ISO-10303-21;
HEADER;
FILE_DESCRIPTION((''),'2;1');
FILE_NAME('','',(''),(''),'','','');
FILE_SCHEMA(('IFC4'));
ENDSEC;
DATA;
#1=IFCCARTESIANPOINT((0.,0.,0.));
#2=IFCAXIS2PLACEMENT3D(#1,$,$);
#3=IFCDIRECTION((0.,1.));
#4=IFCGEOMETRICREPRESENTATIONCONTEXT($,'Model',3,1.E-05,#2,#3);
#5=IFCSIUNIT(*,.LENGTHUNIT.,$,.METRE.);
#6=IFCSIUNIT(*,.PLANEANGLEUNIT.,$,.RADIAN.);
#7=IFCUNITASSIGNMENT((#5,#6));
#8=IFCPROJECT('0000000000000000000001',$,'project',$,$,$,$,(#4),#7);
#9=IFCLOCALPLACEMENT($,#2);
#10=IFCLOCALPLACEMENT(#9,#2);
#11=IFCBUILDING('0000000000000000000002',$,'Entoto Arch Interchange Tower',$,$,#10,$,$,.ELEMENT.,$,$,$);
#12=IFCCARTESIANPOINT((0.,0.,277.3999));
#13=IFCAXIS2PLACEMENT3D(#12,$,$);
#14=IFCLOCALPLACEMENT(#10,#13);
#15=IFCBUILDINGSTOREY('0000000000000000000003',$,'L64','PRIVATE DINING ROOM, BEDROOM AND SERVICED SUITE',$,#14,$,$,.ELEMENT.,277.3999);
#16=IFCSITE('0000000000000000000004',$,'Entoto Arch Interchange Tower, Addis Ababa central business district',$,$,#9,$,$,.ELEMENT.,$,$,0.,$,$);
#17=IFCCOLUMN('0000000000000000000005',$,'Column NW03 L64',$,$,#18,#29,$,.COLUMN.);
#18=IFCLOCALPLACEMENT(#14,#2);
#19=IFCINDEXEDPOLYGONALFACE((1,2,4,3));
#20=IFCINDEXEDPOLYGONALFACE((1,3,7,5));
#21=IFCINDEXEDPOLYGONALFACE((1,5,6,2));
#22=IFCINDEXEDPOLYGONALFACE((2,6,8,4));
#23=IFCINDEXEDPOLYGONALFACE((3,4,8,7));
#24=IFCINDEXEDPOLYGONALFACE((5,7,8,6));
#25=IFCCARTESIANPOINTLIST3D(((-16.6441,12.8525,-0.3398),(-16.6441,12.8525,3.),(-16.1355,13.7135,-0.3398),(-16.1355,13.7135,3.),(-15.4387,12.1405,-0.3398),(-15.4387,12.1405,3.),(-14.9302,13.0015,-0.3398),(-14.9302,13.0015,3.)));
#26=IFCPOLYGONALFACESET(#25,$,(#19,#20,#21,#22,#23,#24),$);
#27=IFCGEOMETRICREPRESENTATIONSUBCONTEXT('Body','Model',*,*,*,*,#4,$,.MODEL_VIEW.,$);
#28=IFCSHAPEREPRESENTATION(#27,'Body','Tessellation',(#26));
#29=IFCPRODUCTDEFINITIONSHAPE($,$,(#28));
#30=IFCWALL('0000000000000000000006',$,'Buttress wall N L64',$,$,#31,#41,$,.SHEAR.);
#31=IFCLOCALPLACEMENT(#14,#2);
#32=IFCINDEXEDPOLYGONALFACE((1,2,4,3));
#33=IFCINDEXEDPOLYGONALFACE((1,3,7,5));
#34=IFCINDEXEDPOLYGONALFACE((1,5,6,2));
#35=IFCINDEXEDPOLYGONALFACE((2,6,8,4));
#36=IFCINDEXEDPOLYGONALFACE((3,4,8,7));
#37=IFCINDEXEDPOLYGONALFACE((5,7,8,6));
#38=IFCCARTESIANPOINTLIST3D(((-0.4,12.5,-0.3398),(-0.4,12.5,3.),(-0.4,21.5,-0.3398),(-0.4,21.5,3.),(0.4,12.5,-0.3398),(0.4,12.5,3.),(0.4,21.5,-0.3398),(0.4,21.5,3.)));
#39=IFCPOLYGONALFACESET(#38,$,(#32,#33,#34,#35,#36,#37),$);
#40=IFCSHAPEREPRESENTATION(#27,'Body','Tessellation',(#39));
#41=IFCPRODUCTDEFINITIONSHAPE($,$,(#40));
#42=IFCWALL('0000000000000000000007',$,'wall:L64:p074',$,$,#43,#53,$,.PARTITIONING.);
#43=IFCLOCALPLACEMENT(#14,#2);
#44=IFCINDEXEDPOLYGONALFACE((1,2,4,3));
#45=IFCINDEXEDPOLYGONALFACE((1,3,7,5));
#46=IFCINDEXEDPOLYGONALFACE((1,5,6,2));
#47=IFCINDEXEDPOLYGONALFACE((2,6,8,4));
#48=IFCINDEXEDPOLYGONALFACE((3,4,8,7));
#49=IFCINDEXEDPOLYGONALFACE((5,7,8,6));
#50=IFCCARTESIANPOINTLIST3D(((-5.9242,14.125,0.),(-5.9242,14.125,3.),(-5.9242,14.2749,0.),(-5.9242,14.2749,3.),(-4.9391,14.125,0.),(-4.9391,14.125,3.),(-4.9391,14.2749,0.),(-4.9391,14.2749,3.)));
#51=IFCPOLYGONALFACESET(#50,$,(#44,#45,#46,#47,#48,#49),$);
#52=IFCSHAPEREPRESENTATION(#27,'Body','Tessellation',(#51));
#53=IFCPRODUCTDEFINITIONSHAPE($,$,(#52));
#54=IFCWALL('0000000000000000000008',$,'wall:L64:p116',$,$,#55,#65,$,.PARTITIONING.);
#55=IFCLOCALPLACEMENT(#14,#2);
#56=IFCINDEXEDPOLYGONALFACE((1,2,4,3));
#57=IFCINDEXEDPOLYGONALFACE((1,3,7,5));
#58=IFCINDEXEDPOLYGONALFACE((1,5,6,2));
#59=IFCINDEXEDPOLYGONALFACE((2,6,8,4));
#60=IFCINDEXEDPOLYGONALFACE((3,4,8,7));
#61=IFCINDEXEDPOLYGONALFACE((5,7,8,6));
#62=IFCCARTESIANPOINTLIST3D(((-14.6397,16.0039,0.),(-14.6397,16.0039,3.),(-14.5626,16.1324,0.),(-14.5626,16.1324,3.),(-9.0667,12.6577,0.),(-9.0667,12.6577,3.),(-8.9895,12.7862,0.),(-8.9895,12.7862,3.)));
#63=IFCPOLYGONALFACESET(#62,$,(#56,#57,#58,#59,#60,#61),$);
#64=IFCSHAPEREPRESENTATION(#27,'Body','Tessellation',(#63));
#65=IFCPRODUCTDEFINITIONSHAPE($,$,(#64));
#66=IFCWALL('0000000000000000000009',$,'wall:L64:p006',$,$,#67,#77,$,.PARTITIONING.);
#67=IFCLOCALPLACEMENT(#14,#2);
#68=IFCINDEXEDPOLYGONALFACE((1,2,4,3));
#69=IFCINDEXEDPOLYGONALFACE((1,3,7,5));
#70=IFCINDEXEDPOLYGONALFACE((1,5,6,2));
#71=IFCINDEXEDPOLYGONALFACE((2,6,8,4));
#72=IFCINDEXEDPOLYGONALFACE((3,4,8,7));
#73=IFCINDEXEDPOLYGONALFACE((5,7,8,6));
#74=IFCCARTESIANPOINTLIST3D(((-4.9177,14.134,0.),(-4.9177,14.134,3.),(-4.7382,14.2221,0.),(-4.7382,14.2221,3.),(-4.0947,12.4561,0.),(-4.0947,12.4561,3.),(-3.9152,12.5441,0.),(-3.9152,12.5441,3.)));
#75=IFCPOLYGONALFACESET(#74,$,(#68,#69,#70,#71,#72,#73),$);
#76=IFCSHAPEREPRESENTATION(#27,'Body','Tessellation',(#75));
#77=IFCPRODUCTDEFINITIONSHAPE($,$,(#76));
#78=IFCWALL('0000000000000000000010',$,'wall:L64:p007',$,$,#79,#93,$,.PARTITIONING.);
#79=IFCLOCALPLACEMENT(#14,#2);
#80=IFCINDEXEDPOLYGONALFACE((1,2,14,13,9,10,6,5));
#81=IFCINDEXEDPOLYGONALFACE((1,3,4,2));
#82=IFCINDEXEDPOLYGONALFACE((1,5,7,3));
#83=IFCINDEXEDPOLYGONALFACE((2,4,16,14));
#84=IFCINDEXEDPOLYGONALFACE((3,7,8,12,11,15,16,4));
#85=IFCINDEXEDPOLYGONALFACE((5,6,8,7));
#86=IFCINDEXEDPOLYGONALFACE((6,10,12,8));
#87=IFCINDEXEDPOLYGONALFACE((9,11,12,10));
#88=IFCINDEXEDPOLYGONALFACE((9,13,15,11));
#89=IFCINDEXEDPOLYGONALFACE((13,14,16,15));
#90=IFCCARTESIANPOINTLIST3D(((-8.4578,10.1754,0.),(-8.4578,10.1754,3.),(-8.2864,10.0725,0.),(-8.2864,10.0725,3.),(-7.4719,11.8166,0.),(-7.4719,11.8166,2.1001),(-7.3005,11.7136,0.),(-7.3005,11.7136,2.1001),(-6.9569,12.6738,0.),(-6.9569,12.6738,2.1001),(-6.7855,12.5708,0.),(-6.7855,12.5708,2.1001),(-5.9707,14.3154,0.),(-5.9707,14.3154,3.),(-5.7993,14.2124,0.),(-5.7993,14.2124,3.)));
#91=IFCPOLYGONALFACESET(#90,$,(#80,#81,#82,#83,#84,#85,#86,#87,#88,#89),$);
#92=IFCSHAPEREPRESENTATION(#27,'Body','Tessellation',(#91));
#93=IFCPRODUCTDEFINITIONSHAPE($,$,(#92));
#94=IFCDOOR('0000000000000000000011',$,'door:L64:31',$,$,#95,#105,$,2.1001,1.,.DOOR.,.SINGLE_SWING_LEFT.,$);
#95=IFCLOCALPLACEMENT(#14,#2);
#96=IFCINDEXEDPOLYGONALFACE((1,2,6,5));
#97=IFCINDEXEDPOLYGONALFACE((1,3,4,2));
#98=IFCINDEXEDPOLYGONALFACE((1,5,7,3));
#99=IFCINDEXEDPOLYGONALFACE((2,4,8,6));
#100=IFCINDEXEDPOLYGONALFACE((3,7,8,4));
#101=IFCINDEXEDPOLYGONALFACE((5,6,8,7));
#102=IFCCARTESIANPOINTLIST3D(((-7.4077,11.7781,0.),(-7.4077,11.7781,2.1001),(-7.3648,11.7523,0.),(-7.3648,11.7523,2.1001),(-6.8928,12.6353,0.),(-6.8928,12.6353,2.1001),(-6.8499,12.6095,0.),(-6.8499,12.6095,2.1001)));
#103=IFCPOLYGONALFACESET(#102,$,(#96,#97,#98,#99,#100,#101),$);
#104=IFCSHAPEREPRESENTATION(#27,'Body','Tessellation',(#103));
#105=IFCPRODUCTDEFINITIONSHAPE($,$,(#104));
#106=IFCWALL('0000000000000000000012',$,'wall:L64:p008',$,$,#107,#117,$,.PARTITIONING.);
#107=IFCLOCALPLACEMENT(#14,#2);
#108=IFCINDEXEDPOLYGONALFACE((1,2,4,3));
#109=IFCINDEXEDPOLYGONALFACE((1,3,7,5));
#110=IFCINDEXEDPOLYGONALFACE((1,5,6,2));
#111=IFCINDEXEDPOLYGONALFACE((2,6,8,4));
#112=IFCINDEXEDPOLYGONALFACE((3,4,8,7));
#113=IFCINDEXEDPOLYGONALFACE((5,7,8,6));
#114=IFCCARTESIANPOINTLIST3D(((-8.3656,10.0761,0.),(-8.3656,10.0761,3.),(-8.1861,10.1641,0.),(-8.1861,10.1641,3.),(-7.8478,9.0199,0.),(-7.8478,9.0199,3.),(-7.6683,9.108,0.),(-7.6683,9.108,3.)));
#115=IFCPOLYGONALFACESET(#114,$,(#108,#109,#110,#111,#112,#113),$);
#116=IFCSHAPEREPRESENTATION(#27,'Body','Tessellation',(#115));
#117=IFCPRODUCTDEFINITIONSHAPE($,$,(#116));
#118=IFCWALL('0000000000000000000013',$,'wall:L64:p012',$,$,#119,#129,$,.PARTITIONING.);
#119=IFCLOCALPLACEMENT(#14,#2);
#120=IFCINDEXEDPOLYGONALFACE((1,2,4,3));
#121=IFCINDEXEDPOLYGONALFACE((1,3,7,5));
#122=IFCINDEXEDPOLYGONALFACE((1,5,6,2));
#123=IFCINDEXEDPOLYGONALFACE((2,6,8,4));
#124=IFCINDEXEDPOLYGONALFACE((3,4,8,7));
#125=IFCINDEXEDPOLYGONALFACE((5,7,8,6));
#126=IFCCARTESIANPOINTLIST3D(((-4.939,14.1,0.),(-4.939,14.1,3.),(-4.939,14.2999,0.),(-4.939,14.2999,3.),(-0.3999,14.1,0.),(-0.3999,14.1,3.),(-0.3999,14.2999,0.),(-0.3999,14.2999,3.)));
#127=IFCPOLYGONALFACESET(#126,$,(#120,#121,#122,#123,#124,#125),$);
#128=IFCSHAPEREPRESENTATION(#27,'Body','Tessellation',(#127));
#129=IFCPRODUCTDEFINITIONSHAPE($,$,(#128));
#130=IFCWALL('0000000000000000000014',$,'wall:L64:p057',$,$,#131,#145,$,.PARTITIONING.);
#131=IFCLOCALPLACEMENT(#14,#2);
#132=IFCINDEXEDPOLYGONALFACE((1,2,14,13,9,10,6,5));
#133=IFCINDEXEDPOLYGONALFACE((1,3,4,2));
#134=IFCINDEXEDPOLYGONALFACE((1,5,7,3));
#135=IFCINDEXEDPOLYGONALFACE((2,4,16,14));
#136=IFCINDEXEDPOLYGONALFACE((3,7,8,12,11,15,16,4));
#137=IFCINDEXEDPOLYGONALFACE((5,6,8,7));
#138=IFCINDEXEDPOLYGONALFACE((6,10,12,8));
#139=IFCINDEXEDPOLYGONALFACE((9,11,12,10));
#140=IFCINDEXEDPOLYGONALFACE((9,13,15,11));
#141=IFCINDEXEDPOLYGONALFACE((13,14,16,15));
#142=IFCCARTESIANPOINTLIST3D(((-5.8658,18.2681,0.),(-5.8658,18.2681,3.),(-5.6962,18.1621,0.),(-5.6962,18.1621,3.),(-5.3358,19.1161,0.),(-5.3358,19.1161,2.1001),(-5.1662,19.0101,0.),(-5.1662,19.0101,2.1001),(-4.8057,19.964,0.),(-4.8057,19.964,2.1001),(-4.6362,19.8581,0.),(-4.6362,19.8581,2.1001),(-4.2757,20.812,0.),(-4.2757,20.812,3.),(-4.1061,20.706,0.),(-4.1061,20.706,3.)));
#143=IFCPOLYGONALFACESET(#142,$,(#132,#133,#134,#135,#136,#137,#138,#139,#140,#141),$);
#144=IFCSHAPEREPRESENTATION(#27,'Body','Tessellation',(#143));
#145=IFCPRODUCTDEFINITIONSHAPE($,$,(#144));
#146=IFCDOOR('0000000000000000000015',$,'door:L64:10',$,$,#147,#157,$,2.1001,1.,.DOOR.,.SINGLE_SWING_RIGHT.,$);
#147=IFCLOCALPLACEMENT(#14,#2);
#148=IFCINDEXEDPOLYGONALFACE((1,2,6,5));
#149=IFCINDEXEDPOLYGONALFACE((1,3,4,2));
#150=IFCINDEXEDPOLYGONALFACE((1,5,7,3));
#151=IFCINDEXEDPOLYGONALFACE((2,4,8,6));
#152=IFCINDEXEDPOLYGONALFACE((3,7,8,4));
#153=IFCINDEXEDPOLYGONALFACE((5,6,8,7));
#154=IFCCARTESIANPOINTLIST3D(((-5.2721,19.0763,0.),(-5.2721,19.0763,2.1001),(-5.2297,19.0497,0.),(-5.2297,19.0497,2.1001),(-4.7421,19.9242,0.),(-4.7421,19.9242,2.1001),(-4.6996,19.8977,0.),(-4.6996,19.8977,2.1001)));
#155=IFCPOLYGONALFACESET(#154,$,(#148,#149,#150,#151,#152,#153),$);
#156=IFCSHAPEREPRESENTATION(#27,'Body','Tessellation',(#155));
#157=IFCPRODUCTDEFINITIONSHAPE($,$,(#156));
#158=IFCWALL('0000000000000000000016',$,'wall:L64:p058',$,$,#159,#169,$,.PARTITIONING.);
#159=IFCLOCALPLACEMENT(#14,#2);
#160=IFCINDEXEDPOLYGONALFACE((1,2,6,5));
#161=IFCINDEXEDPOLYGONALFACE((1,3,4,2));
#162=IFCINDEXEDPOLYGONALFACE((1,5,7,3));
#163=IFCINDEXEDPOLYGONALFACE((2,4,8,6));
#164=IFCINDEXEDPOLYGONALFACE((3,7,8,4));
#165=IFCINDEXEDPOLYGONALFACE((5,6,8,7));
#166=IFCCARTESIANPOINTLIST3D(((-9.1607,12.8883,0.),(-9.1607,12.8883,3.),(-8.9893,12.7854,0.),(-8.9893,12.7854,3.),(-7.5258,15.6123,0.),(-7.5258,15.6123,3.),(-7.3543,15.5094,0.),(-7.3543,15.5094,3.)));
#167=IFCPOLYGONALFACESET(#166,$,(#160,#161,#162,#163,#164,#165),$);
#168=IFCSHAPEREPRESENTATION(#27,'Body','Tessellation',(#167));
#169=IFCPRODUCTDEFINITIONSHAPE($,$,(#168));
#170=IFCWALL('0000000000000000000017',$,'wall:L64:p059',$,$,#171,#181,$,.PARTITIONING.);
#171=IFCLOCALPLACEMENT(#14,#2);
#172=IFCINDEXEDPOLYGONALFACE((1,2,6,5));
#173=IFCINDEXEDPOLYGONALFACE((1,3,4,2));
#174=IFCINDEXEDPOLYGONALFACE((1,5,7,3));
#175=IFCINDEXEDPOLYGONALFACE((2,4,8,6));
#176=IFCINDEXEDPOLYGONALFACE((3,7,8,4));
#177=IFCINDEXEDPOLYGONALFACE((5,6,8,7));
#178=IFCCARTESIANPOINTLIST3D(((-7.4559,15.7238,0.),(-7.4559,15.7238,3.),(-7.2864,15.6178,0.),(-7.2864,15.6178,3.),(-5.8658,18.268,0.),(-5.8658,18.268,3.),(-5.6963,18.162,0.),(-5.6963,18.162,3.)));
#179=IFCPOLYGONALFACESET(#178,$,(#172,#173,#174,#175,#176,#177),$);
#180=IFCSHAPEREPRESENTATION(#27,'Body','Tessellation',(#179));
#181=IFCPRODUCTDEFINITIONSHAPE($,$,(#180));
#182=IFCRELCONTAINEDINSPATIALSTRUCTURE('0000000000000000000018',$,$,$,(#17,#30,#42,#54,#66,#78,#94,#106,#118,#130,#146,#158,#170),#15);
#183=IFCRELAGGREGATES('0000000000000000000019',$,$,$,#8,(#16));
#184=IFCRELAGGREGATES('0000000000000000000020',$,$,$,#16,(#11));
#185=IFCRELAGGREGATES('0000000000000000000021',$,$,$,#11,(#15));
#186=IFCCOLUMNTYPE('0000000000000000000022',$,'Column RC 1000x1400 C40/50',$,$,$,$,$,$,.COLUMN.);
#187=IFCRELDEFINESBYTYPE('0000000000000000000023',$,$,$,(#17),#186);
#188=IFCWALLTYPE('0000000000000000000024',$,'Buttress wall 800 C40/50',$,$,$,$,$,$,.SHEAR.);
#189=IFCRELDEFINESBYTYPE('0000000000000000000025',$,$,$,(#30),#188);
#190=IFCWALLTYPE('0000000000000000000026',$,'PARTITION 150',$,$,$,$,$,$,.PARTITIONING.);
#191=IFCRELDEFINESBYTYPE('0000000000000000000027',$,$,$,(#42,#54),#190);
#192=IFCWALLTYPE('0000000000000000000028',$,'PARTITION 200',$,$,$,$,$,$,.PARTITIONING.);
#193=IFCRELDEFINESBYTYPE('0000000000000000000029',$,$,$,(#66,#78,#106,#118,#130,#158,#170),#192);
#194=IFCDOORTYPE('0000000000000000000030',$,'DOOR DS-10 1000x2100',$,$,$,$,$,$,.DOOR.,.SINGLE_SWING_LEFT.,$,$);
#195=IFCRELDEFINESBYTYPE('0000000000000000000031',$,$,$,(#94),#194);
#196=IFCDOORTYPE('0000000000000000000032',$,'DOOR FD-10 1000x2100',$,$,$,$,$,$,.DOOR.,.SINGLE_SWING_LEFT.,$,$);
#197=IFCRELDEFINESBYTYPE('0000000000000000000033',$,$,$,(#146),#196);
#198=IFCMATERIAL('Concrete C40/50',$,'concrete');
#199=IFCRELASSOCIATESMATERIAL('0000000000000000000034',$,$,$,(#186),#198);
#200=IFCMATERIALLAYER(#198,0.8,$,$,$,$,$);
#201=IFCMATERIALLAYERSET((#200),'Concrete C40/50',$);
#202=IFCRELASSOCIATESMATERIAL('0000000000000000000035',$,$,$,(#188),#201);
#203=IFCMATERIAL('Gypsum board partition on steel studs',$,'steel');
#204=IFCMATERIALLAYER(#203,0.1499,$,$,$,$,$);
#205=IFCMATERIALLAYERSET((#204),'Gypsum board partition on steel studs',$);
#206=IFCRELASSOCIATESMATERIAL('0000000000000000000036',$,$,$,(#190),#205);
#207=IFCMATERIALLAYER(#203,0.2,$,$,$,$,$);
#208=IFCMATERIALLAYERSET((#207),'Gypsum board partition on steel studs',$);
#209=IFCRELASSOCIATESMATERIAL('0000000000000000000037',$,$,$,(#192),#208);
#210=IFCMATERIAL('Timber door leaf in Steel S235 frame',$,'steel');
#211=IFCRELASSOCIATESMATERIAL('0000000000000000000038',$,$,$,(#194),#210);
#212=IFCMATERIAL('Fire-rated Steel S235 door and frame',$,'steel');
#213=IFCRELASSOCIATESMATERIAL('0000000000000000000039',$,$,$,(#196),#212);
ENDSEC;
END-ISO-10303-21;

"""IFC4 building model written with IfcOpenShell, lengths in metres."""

from ifc_helpers import new_model, si_unit, direction, frame, frame_2d, origin, origin_2d, place, context, subcontext, project, spatial, rectangle, extrude, material, layer, layer_set, material_profile, profile_set, type_object, element, fill, save


model = new_model("IFC4")

# Units and contexts
model_context = context("Model", 3, precision=1e-05, world=origin(), true_north=direction((0.0, 1.0)))
body_context = subcontext(model_context, "Body", "Model", "MODEL_VIEW")
ifc_project = project(units=[si_unit("LENGTHUNIT", "METRE"), si_unit("PLANEANGLEUNIT", "RADIAN")], contexts=[model_context])

# Site, building, storey
site_placement = place(None, origin())
site = spatial("IfcSite", under=ifc_project, at=site_placement, Name="Entoto Arch Interchange Tower, Addis Ababa central business district", CompositionType="ELEMENT", RefElevation=0.0)
building_placement = place(site_placement, origin())
building = spatial("IfcBuilding", under=site, at=building_placement, Name="Entoto Arch Interchange Tower", CompositionType="ELEMENT")
storey_placement = place(building_placement, frame((0.0, 0.0, 277.3999)))
storey = spatial("IfcBuildingStorey", under=building, at=storey_placement, Name="L64", Description="PRIVATE DINING ROOM, BEDROOM AND SERVICED SUITE", CompositionType="ELEMENT", Elevation=277.3999)

# Column
ifc_material_1 = material(Name="Concrete C40/50", Category="concrete")
ifc_material_profile = material_profile(ifc_material_1, rectangle(XDim=1.0, YDim=1.3999, at=origin_2d()))
ifc_profile_set = profile_set([ifc_material_profile], Name="Concrete C40/50")
column_type = type_object("IfcColumnType", Name="Column RC 1000x1400 C40/50", PredefinedType="COLUMN", material=ifc_profile_set)
column_placement = place(storey_placement, frame((-15.7871, 12.927, -0.3398), z_axis=(0.0, 0.0, 1.0), x_axis=(0.508576, 0.861017, 0.0)))
element("IfcColumn", 1, at=column_placement, inside=storey, type_object=column_type, Name="Column NW03 L64", PredefinedType="COLUMN", context=body_context, shape_type="SweptSolid", body=[
    extrude(rectangle(XDim=1.0, YDim=1.3999, at=origin_2d()), origin(), (0.0, 0.0, 1.0), 3.3398),
])

# Walls
ifc_layer_1 = layer(ifc_material_1, 0.8)
ifc_layer_set_1 = layer_set([ifc_layer_1], Name="Concrete C40/50")
wall_type_1 = type_object("IfcWallType", Name="Buttress wall 800 C40/50", PredefinedType="SHEAR", material=ifc_layer_set_1)
wall_1_placement = place(storey_placement, frame((0.0, 12.5, -0.3398), z_axis=(0.0, 0.0, 1.0), x_axis=(0.0, 1.0, 0.0)))
element("IfcWall", 2, at=wall_1_placement, inside=storey, type_object=wall_type_1, Name="Buttress wall N L64", PredefinedType="SHEAR", context=body_context, shape_type="SweptSolid", body=[
    extrude(rectangle(XDim=9.0, YDim=0.8, at=frame_2d((4.5, 0.0))), origin(), (0.0, 0.0, 1.0), 3.3398),
])
ifc_material_2 = material(Name="Gypsum board partition on steel studs", Category="steel")
ifc_layer_2 = layer(ifc_material_2, 0.1499)
ifc_layer_set_2 = layer_set([ifc_layer_2], Name="Gypsum board partition on steel studs")
wall_type_2 = type_object("IfcWallType", Name="PARTITION 150", PredefinedType="PARTITIONING", material=ifc_layer_set_2)
wall_2_placement = place(storey_placement, frame((-4.939, 14.2, 0.0), z_axis=(0.0, 0.0, 1.0), x_axis=(-1.0, 0.0, 0.0)))
element("IfcWall", 3, at=wall_2_placement, inside=storey, type_object=wall_type_2, Name="wall:L64:p074", PredefinedType="PARTITIONING", context=body_context, shape_type="SweptSolid", body=[
    extrude(rectangle(XDim=0.9851, YDim=0.1499, at=frame_2d((0.4927, 0.0))), origin(), (0.0, 0.0, 1.0), 3.0),
])
wall_3_placement = place(storey_placement, frame((-9.0281, 12.7219, 0.0), z_axis=(0.0, 0.0, 1.0), x_axis=(-0.857331, 0.514766, 0.0)))
element("IfcWall", 4, at=wall_3_placement, inside=storey, type_object=wall_type_2, Name="wall:L64:p116", PredefinedType="PARTITIONING", context=body_context, shape_type="SweptSolid", body=[
    extrude(rectangle(XDim=6.5005, YDim=0.1499, at=frame_2d((3.2502, 0.0))), origin(), (0.0, 0.0, 1.0), 3.0),
])
ifc_layer_3 = layer(ifc_material_2, 0.2)
ifc_layer_set_3 = layer_set([ifc_layer_3], Name="Gypsum board partition on steel studs")
wall_type_3 = type_object("IfcWallType", Name="PARTITION 200", PredefinedType="PARTITIONING", material=ifc_layer_set_3)
wall_4_placement = place(storey_placement, frame((-4.0049, 12.5, 0.0), z_axis=(0.0, 0.0, 1.0), x_axis=(-0.440355, 0.897824, 0.0)))
element("IfcWall", 5, at=wall_4_placement, inside=storey, type_object=wall_type_3, Name="wall:L64:p006", PredefinedType="PARTITIONING", context=body_context, shape_type="SweptSolid", body=[
    extrude(rectangle(XDim=1.8689, YDim=0.2, at=frame_2d((0.9346, 0.0))), origin(), (0.0, 0.0, 1.0), 3.0),
])

# Wall, opening, door
wall_5_placement = place(storey_placement, frame((-5.885, 14.2639, 0.0), z_axis=(0.0, 0.0, 1.0), x_axis=(-0.514971, -0.857207, 0.0)))
wall_5 = element("IfcWall", 6, at=wall_5_placement, inside=storey, type_object=wall_type_3, Name="wall:L64:p007", PredefinedType="PARTITIONING", context=body_context, shape_type="SweptSolid", body=[
    extrude(rectangle(XDim=4.8296, YDim=0.2, at=frame_2d((2.4148, 0.0))), origin(), (0.0, 0.0, 1.0), 3.0),
])
opening_1_placement = place(wall_5_placement, frame((1.915, 0.0, 0.0)))
opening_1 = element("IfcOpeningElement", 7, at=opening_1_placement, cuts=wall_5, PredefinedType="OPENING", context=body_context, shape_type="SweptSolid", body=[
    extrude(rectangle(XDim=1.0, YDim=2.1001, at=frame_2d((0.5, 1.05))), frame((0.0, 0.1099, 0.0), z_axis=(0.0, -1.0, 0.0), x_axis=(1.0, 0.0, 0.0)), (0.0, 0.0, 1.0), 0.22),
])
ifc_material_3 = material(Name="Timber door leaf in Steel S235 frame", Category="steel")
door_type_1 = type_object("IfcDoorType", Name="DOOR DS-10 1000x2100", OperationType="SINGLE_SWING_LEFT", PredefinedType="DOOR", material=ifc_material_3)
door_1_placement = place(opening_1_placement, origin())
door_1 = element("IfcDoor", 8, at=door_1_placement, inside=storey, type_object=door_type_1, Name="door:L64:31", OperationType="SINGLE_SWING_LEFT", OverallHeight=2.1001, OverallWidth=1.0, PredefinedType="DOOR", context=body_context, shape_type="SweptSolid", body=[
    extrude(rectangle(XDim=1.0, YDim=2.1001, at=frame_2d((0.5, 1.05))), frame((0.0, 0.0249, 0.0), z_axis=(0.0, -1.0, 0.0), x_axis=(1.0, 0.0, 0.0)), (0.0, 0.0, 1.0), 0.05),
])
fill(opening_1, door_1)

# Walls
wall_6_placement = place(storey_placement, frame((-8.2759, 10.1201, 0.0), z_axis=(0.0, 0.0, 1.0), x_axis=(0.440226, -0.897887, 0.0)))
element("IfcWall", 9, at=wall_6_placement, inside=storey, type_object=wall_type_3, Name="wall:L64:p008", PredefinedType="PARTITIONING", context=body_context, shape_type="SweptSolid", body=[
    extrude(rectangle(XDim=1.1763, YDim=0.2, at=frame_2d((0.5881, 0.0))), origin(), (0.0, 0.0, 1.0), 3.0),
])
wall_7_placement = place(storey_placement, frame((-4.939, 14.2, 0.0), z_axis=(0.0, 0.0, 1.0), x_axis=(1.0, 0.0, 0.0)))
element("IfcWall", 10, at=wall_7_placement, inside=storey, type_object=wall_type_3, Name="wall:L64:p012", PredefinedType="PARTITIONING", context=body_context, shape_type="SweptSolid", body=[
    extrude(rectangle(XDim=4.5391, YDim=0.2, at=frame_2d((2.2695, 0.0))), origin(), (0.0, 0.0, 1.0), 3.0),
])

# Wall, opening, door
wall_8_placement = place(storey_placement, frame((-5.781, 18.2151, 0.0), z_axis=(0.0, 0.0, 1.0), x_axis=(0.530028, 0.84798, 0.0)))
wall_8 = element("IfcWall", 11, at=wall_8_placement, inside=storey, type_object=wall_type_3, Name="wall:L64:p057", PredefinedType="PARTITIONING", context=body_context, shape_type="SweptSolid", body=[
    extrude(rectangle(XDim=3.0, YDim=0.2, at=frame_2d((1.5, 0.0))), origin(), (0.0, 0.0, 1.0), 3.0),
])
opening_2_placement = place(wall_8_placement, frame((1.0, 0.0, 0.0)))
opening_2 = element("IfcOpeningElement", 12, at=opening_2_placement, cuts=wall_8, PredefinedType="OPENING", context=body_context, shape_type="SweptSolid", body=[
    extrude(rectangle(XDim=1.0, YDim=2.1001, at=frame_2d((0.5, 1.05))), frame((0.0, 0.1099, 0.0), z_axis=(0.0, -1.0, 0.0), x_axis=(1.0, 0.0, 0.0)), (0.0, 0.0, 1.0), 0.22),
])
ifc_material_4 = material(Name="Fire-rated Steel S235 door and frame", Category="steel")
door_type_2 = type_object("IfcDoorType", Name="DOOR FD-10 1000x2100", OperationType="SINGLE_SWING_LEFT", PredefinedType="DOOR", material=ifc_material_4)
door_2_placement = place(opening_2_placement, origin())
door_2 = element("IfcDoor", 13, at=door_2_placement, inside=storey, type_object=door_type_2, Name="door:L64:10", OperationType="SINGLE_SWING_RIGHT", OverallHeight=2.1001, OverallWidth=1.0, PredefinedType="DOOR", context=body_context, shape_type="SweptSolid", body=[
    extrude(rectangle(XDim=1.0, YDim=2.1001, at=frame_2d((0.5, 1.05))), frame((0.0, 0.0249, 0.0), z_axis=(0.0, -1.0, 0.0), x_axis=(1.0, 0.0, 0.0)), (0.0, 0.0, 1.0), 0.05),
])
fill(opening_2, door_2)

# Walls
wall_9_placement = place(storey_placement, frame((-9.075, 12.8369, 0.0), z_axis=(0.0, 0.0, 1.0), x_axis=(0.51462, 0.857418, 0.0)))
element("IfcWall", 14, at=wall_9_placement, inside=storey, type_object=wall_type_3, Name="wall:L64:p058", PredefinedType="PARTITIONING", context=body_context, shape_type="SweptSolid", body=[
    extrude(rectangle(XDim=3.177, YDim=0.2, at=frame_2d((1.5884, 0.0))), origin(), (0.0, 0.0, 1.0), 3.0),
])
wall_10_placement = place(storey_placement, frame((-7.3711, 15.6709, 0.0), z_axis=(0.0, 0.0, 1.0), x_axis=(0.529992, 0.848003, 0.0)))
element("IfcWall", 15, at=wall_10_placement, inside=storey, type_object=wall_type_3, Name="wall:L64:p059", PredefinedType="PARTITIONING", context=body_context, shape_type="SweptSolid", body=[
    extrude(rectangle(XDim=3.0002, YDim=0.2, at=frame_2d((1.5, 0.0))), origin(), (0.0, 0.0, 1.0), 3.0),
])

save(model, "model.ifc")
